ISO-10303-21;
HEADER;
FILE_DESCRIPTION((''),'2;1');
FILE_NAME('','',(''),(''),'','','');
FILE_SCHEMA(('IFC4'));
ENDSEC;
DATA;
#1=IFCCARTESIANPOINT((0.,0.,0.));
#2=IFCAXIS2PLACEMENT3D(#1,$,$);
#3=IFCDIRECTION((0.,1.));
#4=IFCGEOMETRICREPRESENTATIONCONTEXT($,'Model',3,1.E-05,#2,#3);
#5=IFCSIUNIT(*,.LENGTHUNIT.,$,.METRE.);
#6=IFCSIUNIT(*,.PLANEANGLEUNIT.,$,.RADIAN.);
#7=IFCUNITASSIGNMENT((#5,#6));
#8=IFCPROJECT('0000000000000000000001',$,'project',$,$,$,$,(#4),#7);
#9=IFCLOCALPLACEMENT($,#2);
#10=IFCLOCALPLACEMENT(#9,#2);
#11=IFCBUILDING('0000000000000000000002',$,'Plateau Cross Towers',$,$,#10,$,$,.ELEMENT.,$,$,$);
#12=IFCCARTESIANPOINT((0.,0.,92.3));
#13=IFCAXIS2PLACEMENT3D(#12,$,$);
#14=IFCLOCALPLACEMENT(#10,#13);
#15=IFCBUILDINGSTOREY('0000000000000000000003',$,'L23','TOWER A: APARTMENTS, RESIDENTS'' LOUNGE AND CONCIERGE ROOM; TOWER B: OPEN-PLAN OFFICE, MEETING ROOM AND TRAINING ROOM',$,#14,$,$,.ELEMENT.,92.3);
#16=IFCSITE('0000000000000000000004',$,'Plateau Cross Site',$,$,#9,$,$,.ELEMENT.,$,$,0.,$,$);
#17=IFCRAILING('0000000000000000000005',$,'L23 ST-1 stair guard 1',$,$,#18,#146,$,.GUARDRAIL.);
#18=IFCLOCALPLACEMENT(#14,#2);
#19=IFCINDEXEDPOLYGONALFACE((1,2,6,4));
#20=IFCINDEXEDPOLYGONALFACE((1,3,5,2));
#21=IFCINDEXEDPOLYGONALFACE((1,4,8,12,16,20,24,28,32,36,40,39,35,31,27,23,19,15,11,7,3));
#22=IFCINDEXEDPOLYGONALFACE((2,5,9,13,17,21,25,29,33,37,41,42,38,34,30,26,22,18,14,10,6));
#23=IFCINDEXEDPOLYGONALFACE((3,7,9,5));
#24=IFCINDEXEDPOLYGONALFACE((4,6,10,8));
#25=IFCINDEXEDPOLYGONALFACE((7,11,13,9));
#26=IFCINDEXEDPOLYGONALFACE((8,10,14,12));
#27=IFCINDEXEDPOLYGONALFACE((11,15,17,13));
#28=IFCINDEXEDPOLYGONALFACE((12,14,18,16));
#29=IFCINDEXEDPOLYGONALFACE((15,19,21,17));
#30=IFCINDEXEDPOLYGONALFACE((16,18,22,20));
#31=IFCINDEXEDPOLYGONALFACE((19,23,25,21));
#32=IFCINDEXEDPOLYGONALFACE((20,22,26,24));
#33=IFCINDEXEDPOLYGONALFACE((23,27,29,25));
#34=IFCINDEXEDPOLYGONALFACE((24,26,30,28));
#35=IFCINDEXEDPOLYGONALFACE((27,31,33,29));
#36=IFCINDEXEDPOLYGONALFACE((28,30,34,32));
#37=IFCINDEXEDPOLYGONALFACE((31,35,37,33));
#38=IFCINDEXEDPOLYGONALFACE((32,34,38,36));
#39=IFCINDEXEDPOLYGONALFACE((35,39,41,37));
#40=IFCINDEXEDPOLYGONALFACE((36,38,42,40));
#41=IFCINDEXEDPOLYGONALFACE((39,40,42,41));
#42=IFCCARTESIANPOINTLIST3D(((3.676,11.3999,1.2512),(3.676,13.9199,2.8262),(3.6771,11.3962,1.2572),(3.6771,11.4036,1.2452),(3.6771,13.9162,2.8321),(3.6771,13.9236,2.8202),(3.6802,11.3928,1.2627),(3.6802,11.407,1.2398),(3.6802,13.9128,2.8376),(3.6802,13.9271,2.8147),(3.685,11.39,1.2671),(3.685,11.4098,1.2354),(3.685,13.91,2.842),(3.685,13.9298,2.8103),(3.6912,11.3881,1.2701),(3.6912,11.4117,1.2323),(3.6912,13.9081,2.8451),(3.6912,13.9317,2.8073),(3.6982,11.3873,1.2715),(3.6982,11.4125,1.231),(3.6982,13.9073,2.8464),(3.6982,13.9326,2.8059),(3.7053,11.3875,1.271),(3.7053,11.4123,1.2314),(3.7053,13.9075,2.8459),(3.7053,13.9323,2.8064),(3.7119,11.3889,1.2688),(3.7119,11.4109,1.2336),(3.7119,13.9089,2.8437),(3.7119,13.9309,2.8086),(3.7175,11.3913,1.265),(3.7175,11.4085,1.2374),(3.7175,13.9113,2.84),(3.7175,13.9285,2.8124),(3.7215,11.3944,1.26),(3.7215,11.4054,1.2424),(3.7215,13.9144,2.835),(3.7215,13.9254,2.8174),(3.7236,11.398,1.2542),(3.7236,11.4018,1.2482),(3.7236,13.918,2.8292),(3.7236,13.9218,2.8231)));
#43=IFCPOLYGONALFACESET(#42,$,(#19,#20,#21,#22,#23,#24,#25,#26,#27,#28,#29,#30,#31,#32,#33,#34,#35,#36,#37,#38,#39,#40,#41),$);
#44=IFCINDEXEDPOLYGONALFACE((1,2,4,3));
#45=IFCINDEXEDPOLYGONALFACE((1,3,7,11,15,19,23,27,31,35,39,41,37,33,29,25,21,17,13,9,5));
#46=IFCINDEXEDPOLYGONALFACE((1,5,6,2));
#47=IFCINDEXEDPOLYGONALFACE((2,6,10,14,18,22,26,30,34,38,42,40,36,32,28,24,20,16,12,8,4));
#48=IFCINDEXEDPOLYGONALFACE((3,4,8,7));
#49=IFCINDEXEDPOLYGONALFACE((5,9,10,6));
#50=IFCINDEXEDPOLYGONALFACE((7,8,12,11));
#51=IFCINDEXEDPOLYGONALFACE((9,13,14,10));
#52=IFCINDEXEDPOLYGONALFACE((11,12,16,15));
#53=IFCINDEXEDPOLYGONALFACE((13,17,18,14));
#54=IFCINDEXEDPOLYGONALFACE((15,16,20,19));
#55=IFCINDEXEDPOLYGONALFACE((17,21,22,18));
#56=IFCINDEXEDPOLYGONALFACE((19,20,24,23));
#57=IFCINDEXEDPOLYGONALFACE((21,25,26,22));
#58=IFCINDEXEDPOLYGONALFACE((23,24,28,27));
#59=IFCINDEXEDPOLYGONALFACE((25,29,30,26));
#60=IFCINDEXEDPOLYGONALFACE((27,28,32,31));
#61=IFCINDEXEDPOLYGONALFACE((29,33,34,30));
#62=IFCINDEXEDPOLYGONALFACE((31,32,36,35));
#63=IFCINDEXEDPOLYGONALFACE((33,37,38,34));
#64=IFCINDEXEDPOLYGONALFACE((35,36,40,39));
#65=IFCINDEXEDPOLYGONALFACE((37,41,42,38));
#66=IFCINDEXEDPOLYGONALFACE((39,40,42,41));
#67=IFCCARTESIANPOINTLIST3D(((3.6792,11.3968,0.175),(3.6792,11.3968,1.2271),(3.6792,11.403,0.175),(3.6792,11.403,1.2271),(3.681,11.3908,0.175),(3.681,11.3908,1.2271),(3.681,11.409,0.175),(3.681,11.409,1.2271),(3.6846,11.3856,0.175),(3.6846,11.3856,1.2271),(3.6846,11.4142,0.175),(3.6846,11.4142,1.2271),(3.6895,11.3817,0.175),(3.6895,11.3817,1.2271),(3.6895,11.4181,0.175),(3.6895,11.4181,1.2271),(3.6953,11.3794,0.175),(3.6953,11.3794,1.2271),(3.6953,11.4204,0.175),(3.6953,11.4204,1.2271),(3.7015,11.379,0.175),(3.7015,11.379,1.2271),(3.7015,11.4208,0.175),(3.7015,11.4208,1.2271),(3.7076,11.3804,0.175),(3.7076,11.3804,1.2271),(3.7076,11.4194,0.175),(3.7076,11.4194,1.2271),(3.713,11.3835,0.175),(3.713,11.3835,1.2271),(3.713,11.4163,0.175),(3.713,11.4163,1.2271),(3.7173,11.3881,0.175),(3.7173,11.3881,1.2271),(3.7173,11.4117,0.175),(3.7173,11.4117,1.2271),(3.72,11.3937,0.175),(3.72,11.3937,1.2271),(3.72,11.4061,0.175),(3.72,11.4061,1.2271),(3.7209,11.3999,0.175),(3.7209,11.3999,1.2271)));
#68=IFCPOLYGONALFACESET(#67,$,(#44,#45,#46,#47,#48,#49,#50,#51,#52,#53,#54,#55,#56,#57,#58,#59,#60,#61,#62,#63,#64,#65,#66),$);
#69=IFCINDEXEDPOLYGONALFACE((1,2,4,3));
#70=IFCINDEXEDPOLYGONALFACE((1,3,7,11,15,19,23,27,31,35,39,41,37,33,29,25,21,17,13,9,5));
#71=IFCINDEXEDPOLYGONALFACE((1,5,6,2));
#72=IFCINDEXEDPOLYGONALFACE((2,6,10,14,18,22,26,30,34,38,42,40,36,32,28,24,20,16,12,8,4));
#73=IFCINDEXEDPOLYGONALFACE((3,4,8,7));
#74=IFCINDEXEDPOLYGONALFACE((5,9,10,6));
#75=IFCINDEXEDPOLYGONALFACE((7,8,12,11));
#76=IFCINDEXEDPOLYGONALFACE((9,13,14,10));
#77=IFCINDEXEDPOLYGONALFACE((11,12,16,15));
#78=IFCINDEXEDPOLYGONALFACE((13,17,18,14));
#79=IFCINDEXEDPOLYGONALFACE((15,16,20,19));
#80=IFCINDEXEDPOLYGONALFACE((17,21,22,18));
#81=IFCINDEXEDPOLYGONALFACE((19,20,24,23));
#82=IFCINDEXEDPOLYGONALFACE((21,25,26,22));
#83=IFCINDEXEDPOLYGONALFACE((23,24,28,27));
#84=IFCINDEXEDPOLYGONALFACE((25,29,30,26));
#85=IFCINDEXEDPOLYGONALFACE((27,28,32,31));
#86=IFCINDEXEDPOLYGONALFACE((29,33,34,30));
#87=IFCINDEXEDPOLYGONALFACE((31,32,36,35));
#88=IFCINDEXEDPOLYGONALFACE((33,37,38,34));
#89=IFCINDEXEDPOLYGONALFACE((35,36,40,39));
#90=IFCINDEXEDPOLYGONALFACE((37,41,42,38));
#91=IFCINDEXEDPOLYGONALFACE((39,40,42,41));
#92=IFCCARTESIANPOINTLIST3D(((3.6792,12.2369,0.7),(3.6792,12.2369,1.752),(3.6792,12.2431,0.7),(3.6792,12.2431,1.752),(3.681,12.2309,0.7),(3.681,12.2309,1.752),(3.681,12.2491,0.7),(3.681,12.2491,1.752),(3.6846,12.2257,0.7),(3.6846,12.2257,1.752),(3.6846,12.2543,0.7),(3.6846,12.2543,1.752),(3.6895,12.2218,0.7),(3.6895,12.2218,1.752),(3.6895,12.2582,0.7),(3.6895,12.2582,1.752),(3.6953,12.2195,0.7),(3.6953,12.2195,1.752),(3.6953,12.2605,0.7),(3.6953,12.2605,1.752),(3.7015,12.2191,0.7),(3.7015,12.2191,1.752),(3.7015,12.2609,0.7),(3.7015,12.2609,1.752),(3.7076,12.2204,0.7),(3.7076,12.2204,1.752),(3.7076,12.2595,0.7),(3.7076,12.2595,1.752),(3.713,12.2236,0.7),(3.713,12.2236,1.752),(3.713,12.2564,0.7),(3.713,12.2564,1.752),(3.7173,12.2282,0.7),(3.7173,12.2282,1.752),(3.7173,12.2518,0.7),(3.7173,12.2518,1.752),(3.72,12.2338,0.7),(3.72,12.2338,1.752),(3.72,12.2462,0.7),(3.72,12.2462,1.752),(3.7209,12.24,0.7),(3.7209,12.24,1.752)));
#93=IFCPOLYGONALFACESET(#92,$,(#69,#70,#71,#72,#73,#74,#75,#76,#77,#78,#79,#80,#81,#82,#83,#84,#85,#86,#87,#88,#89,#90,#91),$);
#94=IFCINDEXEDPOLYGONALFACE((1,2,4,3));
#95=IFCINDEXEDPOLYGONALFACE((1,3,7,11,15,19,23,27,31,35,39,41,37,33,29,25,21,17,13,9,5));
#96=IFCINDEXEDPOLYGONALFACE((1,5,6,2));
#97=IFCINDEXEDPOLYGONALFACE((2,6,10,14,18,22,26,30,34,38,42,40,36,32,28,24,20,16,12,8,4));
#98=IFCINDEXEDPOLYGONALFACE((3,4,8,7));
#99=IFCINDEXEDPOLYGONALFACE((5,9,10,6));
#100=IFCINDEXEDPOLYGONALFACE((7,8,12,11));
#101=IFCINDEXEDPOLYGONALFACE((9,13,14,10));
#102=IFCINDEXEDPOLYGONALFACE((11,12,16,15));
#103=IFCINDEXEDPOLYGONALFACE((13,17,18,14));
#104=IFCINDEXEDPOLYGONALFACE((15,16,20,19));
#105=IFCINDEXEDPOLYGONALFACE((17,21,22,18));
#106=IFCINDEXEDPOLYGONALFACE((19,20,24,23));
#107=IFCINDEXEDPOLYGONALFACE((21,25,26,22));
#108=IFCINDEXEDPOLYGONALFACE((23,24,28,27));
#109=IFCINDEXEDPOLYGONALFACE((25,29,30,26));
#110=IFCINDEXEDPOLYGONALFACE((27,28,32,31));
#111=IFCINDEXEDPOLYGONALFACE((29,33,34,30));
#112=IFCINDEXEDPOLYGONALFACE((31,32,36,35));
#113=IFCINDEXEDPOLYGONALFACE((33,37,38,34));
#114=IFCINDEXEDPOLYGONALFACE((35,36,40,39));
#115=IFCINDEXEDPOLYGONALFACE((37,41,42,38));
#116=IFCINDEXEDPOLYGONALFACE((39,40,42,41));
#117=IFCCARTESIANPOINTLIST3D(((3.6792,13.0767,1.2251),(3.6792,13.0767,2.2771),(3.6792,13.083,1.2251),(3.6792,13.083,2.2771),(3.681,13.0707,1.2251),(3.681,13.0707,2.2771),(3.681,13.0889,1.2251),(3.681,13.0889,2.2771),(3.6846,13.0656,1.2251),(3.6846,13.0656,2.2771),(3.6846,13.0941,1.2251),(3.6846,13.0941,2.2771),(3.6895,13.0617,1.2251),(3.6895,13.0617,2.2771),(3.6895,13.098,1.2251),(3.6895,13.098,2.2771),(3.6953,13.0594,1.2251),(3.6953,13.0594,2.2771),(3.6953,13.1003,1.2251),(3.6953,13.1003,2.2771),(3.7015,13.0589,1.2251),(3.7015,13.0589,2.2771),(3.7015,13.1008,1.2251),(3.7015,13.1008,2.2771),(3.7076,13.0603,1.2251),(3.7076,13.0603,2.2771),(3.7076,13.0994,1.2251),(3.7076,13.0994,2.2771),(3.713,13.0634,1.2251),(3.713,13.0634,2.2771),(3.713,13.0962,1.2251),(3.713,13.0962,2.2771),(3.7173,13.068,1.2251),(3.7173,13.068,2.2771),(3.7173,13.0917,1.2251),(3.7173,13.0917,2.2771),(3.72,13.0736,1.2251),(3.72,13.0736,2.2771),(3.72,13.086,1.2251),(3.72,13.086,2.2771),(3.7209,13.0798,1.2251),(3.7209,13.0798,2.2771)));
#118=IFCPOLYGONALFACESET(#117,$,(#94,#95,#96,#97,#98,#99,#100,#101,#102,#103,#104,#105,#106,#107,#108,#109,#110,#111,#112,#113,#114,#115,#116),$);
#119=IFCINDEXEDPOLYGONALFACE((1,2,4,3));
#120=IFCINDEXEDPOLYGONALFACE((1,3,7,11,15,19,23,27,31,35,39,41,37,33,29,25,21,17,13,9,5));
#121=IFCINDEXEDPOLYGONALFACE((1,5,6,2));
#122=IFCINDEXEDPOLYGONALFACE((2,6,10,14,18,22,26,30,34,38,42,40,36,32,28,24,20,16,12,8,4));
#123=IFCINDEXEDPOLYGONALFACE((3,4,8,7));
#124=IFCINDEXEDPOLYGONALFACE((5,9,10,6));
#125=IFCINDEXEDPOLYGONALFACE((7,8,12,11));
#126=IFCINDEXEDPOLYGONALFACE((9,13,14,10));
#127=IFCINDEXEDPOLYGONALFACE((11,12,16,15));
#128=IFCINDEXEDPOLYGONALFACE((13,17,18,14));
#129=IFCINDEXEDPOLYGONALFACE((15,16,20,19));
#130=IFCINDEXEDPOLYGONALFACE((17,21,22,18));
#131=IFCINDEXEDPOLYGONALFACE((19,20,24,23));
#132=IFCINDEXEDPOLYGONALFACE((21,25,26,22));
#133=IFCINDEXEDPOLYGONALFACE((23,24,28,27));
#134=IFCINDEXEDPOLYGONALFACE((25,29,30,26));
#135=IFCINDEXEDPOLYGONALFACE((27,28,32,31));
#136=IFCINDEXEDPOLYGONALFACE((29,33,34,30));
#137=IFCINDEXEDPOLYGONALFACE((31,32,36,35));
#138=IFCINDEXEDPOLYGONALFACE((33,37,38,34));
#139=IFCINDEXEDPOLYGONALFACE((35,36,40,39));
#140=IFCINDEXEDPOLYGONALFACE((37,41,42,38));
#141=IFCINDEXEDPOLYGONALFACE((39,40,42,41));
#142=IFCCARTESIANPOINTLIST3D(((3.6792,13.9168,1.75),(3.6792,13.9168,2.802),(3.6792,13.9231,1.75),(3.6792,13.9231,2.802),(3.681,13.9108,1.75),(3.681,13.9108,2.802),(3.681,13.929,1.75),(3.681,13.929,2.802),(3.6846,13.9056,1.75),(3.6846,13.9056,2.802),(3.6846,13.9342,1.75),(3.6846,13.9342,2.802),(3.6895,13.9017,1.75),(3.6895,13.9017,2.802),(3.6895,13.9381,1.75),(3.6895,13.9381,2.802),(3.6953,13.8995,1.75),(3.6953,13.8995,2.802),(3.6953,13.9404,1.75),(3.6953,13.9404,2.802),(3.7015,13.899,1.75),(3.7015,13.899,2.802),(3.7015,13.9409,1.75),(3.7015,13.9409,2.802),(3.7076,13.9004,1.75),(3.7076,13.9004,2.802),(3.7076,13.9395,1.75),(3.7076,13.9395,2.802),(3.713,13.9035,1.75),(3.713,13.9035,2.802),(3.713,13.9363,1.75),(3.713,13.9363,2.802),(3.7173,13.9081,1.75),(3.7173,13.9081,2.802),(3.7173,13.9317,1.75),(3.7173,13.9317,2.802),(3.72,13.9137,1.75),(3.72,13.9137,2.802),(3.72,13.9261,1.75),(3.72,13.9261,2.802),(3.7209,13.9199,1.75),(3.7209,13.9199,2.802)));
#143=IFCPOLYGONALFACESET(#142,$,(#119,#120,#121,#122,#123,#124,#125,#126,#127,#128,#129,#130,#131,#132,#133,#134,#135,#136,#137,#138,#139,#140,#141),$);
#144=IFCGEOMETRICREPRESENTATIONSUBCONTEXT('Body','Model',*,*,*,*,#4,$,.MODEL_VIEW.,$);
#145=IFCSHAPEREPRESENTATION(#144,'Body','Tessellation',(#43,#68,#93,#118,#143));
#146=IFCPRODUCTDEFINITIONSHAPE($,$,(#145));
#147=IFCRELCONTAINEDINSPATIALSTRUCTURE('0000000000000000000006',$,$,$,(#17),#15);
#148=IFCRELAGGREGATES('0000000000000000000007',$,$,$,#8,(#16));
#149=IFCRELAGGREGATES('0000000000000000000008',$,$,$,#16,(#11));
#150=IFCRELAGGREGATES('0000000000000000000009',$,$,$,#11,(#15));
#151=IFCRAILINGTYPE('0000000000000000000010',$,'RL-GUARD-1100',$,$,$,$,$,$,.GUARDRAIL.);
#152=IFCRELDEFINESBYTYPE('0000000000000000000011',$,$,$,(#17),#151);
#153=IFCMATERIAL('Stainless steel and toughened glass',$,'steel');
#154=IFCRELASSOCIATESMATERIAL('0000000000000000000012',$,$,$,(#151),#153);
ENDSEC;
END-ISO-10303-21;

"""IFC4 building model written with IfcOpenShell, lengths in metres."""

from ifc_helpers import new_model, si_unit, direction, frame, origin, origin_2d, place, context, subcontext, project, spatial, circle, extrude, material, type_object, element, save


model = new_model("IFC4")

# Units and contexts
model_context = context("Model", 3, precision=1e-05, world=origin(), true_north=direction((0.0, 1.0)))
body_context = subcontext(model_context, "Body", "Model", "MODEL_VIEW")
ifc_project = project(units=[si_unit("LENGTHUNIT", "METRE"), si_unit("PLANEANGLEUNIT", "RADIAN")], contexts=[model_context])

# Site, building, storey
site_placement = place(None, origin())
site = spatial("IfcSite", under=ifc_project, at=site_placement, Name="Plateau Cross Site", CompositionType="ELEMENT", RefElevation=0.0)
building_placement = place(site_placement, origin())
building = spatial("IfcBuilding", under=site, at=building_placement, Name="Plateau Cross Towers", CompositionType="ELEMENT")
storey_placement = place(building_placement, frame((0.0, 0.0, 92.3)))
storey = spatial("IfcBuildingStorey", under=building, at=storey_placement, Name="L23", Description="TOWER A: APARTMENTS, RESIDENTS' LOUNGE AND CONCIERGE ROOM; TOWER B: OPEN-PLAN OFFICE, MEETING ROOM AND TRAINING ROOM", CompositionType="ELEMENT", Elevation=92.3)

# Railing
ifc_material_1 = material(Name="Stainless steel and toughened glass", Category="steel")
railing_type_1 = type_object("IfcRailingType", Name="RL-GUARD-1100", PredefinedType="GUARDRAIL", material=ifc_material_1)
railing_1_placement = place(storey_placement, frame((3.7, 11.3999, 0.175)))
element("IfcRailing", 1, at=railing_1_placement, inside=storey, type_object=railing_type_1, Name="L23 ST-1 stair guard 1", PredefinedType="GUARDRAIL", context=body_context, shape_type="SweptSolid", body=[
    extrude(circle(Radius=0.0239, at=origin_2d()), frame((0.0, 0.0, 1.0762), z_axis=(0.0, 0.848008, 0.529984), x_axis=(-1.0, 0.0, 0.0)), (0.0, 0.0, 1.0), 2.9717),
    extrude(circle(Radius=0.021, at=origin_2d()), origin(), (0.0, 0.0, 1.0), 1.052),
    extrude(circle(Radius=0.021, at=origin_2d()), frame((0.0, 0.8401, 0.5249)), (0.0, 0.0, 1.0), 1.052),
    extrude(circle(Radius=0.021, at=origin_2d()), frame((0.0, 1.6799, 1.05)), (0.0, 0.0, 1.0), 1.052),
    extrude(circle(Radius=0.021, at=origin_2d()), frame((0.0, 2.52, 1.575)), (0.0, 0.0, 1.0), 1.052),
])

save(model, "model.ifc")
